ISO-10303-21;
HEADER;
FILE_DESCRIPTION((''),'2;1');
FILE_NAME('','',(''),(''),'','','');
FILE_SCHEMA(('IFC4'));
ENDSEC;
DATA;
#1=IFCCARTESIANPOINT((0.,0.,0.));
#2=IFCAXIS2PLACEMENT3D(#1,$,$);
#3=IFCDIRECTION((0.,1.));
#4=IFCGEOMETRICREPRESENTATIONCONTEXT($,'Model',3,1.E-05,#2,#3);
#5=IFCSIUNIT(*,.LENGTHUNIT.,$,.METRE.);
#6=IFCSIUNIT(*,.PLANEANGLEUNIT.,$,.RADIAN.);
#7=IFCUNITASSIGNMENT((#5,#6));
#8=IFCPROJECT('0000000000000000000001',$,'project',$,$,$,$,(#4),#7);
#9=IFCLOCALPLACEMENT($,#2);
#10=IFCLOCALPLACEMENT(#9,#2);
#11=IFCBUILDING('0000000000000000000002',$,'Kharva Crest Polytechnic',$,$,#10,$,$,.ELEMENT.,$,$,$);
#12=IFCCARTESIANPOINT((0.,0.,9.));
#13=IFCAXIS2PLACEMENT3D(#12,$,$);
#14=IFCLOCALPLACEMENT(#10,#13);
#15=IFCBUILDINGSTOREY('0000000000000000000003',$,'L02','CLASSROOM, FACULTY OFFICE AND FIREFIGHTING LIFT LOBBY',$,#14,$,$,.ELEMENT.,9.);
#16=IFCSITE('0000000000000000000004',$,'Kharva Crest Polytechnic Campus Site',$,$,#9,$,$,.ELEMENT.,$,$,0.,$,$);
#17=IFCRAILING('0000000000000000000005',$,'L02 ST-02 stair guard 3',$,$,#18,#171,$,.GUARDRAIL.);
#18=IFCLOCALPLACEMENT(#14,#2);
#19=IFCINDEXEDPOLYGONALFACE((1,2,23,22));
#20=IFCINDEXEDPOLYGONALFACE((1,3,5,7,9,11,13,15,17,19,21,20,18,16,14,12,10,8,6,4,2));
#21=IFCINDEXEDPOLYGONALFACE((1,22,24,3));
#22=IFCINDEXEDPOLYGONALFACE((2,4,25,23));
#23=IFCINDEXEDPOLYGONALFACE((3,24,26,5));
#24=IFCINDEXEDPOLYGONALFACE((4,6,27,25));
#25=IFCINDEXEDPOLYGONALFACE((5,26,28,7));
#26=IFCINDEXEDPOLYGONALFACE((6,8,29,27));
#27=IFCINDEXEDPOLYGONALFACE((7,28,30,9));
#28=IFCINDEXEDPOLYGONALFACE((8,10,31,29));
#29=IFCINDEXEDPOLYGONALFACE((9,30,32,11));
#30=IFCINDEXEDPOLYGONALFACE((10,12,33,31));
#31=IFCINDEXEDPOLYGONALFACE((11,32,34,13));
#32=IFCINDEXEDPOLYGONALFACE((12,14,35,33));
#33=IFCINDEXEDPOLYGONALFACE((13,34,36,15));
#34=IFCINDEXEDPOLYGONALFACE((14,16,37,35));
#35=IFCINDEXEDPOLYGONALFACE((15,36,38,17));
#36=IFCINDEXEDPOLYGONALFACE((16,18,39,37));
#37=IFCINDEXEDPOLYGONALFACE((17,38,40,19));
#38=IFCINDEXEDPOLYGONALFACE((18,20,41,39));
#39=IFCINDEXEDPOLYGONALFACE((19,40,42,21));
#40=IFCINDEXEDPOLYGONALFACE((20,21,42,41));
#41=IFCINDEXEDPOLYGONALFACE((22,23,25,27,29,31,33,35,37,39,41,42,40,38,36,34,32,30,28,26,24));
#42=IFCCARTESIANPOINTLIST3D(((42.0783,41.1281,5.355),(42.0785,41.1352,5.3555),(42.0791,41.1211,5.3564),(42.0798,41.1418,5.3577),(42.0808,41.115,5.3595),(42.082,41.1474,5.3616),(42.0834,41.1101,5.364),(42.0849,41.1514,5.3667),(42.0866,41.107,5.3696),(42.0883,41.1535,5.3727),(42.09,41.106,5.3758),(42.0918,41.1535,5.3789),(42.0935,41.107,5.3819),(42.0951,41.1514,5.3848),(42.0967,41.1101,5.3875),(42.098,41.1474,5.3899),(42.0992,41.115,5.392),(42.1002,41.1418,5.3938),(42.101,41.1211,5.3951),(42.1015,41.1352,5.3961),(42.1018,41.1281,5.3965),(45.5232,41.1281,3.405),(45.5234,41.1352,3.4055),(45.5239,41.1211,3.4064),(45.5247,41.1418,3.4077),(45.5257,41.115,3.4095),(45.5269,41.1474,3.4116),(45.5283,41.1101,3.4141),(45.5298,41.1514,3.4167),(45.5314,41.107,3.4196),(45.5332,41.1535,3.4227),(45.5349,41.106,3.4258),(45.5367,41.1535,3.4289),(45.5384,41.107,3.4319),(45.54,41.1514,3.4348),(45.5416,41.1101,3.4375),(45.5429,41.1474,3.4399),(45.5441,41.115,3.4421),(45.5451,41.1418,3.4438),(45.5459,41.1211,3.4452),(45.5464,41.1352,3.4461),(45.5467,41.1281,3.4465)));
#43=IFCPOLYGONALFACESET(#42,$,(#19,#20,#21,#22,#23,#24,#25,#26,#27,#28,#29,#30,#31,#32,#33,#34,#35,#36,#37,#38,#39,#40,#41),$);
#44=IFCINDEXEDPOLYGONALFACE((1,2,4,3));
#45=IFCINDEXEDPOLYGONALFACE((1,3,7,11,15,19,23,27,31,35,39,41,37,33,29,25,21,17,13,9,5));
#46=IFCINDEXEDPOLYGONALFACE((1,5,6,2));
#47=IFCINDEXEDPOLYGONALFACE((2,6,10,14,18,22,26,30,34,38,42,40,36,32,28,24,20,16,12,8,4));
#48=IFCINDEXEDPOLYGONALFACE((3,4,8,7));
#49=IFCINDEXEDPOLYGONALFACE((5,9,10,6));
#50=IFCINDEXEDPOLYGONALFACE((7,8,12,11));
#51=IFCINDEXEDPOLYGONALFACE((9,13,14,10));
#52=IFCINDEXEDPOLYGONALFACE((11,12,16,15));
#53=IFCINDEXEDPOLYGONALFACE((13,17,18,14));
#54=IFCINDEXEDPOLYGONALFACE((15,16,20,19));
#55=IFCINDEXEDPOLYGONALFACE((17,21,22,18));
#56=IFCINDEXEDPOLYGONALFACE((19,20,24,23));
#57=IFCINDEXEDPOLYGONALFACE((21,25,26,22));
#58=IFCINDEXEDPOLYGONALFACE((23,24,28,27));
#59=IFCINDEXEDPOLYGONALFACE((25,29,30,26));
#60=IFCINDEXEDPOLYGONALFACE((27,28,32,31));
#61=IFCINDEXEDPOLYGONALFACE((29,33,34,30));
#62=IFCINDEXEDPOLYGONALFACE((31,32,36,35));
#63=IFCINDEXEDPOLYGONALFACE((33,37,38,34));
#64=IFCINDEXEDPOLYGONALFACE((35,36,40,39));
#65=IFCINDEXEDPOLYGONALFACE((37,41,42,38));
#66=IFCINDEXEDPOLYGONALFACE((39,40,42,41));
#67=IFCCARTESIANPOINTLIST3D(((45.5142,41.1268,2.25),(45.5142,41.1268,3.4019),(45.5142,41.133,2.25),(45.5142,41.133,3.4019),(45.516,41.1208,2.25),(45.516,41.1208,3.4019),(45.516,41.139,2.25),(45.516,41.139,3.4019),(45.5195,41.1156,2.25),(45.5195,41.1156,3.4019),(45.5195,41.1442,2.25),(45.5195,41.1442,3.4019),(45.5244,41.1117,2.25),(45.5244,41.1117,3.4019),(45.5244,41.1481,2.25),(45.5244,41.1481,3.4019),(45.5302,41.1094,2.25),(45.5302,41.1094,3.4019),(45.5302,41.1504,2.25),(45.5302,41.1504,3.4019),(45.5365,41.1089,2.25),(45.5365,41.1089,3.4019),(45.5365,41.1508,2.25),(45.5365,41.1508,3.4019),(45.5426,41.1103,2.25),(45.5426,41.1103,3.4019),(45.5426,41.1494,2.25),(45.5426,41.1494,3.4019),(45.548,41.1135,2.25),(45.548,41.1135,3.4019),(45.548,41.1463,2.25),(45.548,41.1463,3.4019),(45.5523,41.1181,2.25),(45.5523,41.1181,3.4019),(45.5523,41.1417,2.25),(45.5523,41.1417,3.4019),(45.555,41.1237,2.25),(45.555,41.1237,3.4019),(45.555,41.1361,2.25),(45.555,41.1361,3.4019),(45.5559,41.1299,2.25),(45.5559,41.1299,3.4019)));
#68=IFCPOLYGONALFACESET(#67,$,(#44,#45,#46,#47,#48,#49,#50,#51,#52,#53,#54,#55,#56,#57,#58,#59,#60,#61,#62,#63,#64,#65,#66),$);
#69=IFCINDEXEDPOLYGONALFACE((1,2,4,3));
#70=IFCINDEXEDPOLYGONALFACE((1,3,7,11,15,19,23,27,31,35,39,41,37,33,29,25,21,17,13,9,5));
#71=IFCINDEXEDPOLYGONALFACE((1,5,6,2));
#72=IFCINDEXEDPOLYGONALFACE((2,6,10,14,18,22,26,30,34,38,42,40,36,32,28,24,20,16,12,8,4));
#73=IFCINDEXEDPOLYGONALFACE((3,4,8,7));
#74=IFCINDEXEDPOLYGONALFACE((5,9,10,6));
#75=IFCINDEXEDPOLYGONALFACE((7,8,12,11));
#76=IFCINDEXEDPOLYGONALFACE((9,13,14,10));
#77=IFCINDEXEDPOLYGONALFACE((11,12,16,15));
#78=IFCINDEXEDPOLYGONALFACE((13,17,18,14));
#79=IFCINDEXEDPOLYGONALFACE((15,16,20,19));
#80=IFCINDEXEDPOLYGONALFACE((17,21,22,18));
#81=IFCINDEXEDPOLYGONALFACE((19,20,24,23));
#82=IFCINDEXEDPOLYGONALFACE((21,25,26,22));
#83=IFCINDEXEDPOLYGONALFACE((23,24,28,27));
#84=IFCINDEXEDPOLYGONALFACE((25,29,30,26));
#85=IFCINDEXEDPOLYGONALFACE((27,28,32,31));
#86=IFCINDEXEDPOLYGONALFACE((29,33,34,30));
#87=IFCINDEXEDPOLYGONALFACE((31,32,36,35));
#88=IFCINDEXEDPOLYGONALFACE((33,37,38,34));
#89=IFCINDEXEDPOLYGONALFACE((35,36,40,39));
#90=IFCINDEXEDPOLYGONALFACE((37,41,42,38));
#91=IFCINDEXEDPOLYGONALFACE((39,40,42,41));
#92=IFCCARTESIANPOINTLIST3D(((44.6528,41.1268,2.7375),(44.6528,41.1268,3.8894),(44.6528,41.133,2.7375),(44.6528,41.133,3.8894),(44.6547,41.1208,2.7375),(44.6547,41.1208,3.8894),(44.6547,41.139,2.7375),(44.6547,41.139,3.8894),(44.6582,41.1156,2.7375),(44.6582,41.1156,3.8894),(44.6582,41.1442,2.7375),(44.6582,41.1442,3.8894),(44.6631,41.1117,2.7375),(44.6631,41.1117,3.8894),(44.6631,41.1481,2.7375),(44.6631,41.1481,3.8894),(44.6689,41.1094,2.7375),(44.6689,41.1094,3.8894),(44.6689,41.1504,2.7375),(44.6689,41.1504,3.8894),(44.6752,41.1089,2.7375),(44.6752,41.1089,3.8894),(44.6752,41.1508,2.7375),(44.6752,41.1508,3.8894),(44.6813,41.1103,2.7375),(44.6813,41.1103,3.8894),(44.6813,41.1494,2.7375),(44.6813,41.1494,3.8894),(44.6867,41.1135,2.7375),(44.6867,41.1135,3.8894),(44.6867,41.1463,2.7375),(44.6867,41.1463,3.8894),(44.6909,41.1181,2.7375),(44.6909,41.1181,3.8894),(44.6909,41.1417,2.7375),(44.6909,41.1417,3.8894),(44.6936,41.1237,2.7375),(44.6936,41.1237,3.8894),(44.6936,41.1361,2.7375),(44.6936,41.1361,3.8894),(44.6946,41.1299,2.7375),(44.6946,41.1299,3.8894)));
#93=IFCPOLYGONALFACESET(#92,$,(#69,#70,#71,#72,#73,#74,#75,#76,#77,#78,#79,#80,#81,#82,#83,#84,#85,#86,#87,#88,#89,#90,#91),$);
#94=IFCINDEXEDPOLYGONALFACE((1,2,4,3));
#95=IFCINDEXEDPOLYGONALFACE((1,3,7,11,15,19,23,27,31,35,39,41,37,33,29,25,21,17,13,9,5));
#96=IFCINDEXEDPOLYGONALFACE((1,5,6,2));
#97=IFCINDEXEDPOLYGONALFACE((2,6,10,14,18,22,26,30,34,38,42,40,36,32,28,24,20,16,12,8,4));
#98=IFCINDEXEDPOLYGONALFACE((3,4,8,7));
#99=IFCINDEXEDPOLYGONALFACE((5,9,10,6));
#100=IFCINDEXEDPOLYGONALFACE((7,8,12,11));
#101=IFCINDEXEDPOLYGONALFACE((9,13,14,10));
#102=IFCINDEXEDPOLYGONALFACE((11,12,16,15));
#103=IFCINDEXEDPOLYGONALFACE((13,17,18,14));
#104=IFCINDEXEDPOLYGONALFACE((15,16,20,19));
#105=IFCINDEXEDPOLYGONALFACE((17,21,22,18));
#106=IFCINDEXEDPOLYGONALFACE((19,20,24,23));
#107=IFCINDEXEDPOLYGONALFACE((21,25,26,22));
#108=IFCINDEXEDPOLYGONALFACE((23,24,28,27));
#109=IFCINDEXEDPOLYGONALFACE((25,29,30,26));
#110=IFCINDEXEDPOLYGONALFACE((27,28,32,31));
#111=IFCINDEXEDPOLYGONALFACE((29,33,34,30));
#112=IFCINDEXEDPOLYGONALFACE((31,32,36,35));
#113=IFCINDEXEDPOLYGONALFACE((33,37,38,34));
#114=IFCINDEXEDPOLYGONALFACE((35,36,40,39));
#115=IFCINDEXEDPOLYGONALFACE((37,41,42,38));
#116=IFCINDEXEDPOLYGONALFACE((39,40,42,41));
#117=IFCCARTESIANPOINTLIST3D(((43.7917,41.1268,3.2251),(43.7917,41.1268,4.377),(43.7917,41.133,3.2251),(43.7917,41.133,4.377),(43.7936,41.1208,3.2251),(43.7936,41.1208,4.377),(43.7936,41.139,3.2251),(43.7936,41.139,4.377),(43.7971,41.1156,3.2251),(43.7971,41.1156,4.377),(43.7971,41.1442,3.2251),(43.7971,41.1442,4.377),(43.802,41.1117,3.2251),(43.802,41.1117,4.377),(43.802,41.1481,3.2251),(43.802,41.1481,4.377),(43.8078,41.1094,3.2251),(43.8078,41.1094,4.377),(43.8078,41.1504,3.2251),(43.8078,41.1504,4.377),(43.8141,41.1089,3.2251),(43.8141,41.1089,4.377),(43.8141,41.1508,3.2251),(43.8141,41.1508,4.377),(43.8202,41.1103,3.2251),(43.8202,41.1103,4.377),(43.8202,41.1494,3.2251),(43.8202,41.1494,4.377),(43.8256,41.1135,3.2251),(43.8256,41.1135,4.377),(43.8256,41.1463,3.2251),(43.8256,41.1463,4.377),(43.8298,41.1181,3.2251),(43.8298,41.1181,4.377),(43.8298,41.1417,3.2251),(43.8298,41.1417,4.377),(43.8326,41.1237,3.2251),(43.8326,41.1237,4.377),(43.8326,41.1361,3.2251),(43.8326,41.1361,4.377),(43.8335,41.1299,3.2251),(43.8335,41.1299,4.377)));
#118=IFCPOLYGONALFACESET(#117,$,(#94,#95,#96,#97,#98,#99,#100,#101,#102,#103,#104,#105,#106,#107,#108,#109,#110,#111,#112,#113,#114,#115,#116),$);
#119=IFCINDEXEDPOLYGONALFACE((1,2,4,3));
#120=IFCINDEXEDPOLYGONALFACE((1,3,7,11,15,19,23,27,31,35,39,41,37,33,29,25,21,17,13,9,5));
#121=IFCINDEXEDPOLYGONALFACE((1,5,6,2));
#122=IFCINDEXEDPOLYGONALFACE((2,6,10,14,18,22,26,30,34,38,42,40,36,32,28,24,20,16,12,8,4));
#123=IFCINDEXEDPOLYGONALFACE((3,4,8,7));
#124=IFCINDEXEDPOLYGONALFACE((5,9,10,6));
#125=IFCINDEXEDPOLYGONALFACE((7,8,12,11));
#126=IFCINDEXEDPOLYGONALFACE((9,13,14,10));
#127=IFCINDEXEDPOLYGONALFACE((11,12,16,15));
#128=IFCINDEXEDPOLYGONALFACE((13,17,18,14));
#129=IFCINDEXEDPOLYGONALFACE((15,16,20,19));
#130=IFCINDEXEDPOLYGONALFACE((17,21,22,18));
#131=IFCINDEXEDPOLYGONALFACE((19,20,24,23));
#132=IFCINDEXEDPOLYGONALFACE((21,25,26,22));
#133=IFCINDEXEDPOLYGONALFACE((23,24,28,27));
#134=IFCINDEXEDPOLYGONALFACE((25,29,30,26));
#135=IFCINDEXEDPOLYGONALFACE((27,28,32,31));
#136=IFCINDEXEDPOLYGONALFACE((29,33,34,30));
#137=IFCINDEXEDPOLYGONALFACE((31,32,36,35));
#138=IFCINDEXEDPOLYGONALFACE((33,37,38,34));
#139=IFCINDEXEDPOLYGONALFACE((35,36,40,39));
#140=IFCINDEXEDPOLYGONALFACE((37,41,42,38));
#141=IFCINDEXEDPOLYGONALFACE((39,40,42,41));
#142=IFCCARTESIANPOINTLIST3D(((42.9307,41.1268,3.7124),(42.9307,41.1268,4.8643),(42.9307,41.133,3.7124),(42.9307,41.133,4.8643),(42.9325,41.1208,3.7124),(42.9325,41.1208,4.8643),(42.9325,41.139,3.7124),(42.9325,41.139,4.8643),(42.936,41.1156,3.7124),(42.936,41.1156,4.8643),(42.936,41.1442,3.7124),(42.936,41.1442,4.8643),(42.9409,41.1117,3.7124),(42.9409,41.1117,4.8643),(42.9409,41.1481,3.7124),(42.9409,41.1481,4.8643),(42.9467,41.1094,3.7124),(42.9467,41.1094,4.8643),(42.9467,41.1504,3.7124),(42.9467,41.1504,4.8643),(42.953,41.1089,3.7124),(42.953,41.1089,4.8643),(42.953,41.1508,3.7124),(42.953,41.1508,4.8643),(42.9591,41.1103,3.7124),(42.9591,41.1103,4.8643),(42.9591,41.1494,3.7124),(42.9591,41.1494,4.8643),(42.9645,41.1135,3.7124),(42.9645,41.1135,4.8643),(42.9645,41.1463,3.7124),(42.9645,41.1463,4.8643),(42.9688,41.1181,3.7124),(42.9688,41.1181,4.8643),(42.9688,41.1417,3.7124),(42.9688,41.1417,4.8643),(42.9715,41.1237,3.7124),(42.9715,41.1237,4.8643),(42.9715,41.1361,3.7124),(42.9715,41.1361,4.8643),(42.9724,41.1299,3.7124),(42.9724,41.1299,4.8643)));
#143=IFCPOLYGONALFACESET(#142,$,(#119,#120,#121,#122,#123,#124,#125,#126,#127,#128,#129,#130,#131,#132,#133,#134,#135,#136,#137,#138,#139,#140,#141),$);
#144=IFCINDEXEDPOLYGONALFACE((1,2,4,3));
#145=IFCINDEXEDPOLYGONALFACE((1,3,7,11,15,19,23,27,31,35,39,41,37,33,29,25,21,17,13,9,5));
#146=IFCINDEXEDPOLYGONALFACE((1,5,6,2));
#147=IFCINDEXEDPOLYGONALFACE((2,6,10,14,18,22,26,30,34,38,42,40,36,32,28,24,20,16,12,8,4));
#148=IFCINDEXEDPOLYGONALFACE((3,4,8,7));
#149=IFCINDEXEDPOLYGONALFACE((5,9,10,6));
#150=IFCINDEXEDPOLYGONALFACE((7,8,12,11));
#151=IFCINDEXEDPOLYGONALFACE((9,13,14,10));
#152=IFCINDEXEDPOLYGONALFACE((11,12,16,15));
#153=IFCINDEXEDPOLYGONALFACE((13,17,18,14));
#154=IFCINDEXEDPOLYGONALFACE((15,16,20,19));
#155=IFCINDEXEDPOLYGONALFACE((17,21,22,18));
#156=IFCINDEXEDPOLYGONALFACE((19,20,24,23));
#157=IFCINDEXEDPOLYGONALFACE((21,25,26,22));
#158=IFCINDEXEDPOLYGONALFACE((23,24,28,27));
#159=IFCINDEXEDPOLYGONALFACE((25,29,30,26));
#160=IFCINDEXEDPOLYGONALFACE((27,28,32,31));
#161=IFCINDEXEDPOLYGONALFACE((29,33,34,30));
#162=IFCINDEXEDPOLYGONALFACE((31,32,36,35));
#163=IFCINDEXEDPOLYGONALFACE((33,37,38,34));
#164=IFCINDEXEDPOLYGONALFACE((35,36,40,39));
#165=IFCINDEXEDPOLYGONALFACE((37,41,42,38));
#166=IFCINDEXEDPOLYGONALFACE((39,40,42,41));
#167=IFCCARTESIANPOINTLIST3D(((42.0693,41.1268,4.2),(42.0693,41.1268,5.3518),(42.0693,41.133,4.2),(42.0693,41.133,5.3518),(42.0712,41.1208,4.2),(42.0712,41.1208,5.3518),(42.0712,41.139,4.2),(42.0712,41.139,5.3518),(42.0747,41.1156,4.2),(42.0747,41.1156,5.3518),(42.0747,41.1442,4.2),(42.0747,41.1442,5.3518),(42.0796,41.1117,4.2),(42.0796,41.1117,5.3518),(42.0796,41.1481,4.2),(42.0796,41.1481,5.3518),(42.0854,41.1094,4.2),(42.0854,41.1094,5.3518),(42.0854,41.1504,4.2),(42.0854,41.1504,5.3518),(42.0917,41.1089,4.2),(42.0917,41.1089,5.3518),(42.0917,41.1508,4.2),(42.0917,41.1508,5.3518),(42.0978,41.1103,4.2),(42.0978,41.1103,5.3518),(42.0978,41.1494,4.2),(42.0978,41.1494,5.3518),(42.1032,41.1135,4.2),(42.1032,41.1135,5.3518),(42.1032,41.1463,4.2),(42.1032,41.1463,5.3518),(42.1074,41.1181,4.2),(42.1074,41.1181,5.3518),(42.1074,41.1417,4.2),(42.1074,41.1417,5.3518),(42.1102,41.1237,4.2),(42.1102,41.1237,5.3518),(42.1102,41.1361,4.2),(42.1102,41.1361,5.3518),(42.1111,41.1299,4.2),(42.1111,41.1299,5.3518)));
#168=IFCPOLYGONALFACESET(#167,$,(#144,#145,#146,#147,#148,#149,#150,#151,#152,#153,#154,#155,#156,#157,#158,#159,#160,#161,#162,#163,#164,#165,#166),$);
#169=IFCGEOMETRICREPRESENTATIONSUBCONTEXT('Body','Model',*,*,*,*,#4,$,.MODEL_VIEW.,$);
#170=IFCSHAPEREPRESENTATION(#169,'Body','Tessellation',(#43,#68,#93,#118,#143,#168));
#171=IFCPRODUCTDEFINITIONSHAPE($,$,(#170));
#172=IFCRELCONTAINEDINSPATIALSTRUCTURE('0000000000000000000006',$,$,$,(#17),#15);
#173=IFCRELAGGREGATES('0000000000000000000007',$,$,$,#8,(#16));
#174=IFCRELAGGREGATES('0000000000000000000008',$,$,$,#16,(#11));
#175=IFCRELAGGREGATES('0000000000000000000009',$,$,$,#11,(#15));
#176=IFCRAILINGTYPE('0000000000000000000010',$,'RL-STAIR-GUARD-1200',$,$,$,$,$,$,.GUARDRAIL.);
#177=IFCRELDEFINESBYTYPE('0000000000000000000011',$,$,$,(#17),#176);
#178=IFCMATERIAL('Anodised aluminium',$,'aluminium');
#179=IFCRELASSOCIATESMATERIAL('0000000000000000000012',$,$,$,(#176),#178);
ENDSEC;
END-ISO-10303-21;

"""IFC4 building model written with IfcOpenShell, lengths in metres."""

from ifc_helpers import new_model, si_unit, direction, frame, origin, origin_2d, place, context, subcontext, project, spatial, circle, extrude, material, type_object, element, save


model = new_model("IFC4")

# Units and contexts
model_context = context("Model", 3, precision=1e-05, world=origin(), true_north=direction((0.0, 1.0)))
body_context = subcontext(model_context, "Body", "Model", "MODEL_VIEW")
ifc_project = project(units=[si_unit("LENGTHUNIT", "METRE"), si_unit("PLANEANGLEUNIT", "RADIAN")], contexts=[model_context])

# Site, building, storey
site_placement = place(None, origin())
site = spatial("IfcSite", under=ifc_project, at=site_placement, Name="Kharva Crest Polytechnic Campus Site", CompositionType="ELEMENT", RefElevation=0.0)
building_placement = place(site_placement, origin())
building = spatial("IfcBuilding", under=site, at=building_placement, Name="Kharva Crest Polytechnic", CompositionType="ELEMENT")
storey_placement = place(building_placement, frame((0.0, 0.0, 9.0)))
storey = spatial("IfcBuildingStorey", under=building, at=storey_placement, Name="L02", Description="CLASSROOM, FACULTY OFFICE AND FIREFIGHTING LIFT LOBBY", CompositionType="ELEMENT", Elevation=9.0)

# Shared definitions
ifc_material_1 = material(Name="Anodised aluminium", Category="aluminium")

# Railing
railing_type_1 = type_object("IfcRailingType", Name="RL-STAIR-GUARD-1200", PredefinedType="GUARDRAIL", material=ifc_material_1)
railing_1_placement = place(storey_placement, frame((45.5349, 41.1299, 2.25)))
element("IfcRailing", 1, at=railing_1_placement, inside=storey, type_object=railing_type_1, Name="L02 ST-02 stair guard 3", PredefinedType="GUARDRAIL", context=body_context, shape_type="SweptSolid", body=[
    extrude(circle(Radius=0.0239, at=origin_2d()), frame((0.0, 0.0, 1.1758), z_axis=(-0.870251, 0.0, 0.492608), x_axis=(0.0, -1.0, 0.0)), (0.0, 0.0, 1.0), 3.9585),
    extrude(circle(Radius=0.021, at=origin_2d()), origin(), (0.0, 0.0, 1.0), 1.1519),
    extrude(circle(Radius=0.021, at=origin_2d()), frame((-0.8613, 0.0, 0.4875)), (0.0, 0.0, 1.0), 1.1519),
    extrude(circle(Radius=0.021, at=origin_2d()), frame((-1.7224, 0.0, 0.9751)), (0.0, 0.0, 1.0), 1.1519),
    extrude(circle(Radius=0.021, at=origin_2d()), frame((-2.5835, 0.0, 1.4624)), (0.0, 0.0, 1.0), 1.1519),
    extrude(circle(Radius=0.021, at=origin_2d()), frame((-3.4448, 0.0, 1.95)), (0.0, 0.0, 1.0), 1.1519),
])

save(model, "model.ifc")
